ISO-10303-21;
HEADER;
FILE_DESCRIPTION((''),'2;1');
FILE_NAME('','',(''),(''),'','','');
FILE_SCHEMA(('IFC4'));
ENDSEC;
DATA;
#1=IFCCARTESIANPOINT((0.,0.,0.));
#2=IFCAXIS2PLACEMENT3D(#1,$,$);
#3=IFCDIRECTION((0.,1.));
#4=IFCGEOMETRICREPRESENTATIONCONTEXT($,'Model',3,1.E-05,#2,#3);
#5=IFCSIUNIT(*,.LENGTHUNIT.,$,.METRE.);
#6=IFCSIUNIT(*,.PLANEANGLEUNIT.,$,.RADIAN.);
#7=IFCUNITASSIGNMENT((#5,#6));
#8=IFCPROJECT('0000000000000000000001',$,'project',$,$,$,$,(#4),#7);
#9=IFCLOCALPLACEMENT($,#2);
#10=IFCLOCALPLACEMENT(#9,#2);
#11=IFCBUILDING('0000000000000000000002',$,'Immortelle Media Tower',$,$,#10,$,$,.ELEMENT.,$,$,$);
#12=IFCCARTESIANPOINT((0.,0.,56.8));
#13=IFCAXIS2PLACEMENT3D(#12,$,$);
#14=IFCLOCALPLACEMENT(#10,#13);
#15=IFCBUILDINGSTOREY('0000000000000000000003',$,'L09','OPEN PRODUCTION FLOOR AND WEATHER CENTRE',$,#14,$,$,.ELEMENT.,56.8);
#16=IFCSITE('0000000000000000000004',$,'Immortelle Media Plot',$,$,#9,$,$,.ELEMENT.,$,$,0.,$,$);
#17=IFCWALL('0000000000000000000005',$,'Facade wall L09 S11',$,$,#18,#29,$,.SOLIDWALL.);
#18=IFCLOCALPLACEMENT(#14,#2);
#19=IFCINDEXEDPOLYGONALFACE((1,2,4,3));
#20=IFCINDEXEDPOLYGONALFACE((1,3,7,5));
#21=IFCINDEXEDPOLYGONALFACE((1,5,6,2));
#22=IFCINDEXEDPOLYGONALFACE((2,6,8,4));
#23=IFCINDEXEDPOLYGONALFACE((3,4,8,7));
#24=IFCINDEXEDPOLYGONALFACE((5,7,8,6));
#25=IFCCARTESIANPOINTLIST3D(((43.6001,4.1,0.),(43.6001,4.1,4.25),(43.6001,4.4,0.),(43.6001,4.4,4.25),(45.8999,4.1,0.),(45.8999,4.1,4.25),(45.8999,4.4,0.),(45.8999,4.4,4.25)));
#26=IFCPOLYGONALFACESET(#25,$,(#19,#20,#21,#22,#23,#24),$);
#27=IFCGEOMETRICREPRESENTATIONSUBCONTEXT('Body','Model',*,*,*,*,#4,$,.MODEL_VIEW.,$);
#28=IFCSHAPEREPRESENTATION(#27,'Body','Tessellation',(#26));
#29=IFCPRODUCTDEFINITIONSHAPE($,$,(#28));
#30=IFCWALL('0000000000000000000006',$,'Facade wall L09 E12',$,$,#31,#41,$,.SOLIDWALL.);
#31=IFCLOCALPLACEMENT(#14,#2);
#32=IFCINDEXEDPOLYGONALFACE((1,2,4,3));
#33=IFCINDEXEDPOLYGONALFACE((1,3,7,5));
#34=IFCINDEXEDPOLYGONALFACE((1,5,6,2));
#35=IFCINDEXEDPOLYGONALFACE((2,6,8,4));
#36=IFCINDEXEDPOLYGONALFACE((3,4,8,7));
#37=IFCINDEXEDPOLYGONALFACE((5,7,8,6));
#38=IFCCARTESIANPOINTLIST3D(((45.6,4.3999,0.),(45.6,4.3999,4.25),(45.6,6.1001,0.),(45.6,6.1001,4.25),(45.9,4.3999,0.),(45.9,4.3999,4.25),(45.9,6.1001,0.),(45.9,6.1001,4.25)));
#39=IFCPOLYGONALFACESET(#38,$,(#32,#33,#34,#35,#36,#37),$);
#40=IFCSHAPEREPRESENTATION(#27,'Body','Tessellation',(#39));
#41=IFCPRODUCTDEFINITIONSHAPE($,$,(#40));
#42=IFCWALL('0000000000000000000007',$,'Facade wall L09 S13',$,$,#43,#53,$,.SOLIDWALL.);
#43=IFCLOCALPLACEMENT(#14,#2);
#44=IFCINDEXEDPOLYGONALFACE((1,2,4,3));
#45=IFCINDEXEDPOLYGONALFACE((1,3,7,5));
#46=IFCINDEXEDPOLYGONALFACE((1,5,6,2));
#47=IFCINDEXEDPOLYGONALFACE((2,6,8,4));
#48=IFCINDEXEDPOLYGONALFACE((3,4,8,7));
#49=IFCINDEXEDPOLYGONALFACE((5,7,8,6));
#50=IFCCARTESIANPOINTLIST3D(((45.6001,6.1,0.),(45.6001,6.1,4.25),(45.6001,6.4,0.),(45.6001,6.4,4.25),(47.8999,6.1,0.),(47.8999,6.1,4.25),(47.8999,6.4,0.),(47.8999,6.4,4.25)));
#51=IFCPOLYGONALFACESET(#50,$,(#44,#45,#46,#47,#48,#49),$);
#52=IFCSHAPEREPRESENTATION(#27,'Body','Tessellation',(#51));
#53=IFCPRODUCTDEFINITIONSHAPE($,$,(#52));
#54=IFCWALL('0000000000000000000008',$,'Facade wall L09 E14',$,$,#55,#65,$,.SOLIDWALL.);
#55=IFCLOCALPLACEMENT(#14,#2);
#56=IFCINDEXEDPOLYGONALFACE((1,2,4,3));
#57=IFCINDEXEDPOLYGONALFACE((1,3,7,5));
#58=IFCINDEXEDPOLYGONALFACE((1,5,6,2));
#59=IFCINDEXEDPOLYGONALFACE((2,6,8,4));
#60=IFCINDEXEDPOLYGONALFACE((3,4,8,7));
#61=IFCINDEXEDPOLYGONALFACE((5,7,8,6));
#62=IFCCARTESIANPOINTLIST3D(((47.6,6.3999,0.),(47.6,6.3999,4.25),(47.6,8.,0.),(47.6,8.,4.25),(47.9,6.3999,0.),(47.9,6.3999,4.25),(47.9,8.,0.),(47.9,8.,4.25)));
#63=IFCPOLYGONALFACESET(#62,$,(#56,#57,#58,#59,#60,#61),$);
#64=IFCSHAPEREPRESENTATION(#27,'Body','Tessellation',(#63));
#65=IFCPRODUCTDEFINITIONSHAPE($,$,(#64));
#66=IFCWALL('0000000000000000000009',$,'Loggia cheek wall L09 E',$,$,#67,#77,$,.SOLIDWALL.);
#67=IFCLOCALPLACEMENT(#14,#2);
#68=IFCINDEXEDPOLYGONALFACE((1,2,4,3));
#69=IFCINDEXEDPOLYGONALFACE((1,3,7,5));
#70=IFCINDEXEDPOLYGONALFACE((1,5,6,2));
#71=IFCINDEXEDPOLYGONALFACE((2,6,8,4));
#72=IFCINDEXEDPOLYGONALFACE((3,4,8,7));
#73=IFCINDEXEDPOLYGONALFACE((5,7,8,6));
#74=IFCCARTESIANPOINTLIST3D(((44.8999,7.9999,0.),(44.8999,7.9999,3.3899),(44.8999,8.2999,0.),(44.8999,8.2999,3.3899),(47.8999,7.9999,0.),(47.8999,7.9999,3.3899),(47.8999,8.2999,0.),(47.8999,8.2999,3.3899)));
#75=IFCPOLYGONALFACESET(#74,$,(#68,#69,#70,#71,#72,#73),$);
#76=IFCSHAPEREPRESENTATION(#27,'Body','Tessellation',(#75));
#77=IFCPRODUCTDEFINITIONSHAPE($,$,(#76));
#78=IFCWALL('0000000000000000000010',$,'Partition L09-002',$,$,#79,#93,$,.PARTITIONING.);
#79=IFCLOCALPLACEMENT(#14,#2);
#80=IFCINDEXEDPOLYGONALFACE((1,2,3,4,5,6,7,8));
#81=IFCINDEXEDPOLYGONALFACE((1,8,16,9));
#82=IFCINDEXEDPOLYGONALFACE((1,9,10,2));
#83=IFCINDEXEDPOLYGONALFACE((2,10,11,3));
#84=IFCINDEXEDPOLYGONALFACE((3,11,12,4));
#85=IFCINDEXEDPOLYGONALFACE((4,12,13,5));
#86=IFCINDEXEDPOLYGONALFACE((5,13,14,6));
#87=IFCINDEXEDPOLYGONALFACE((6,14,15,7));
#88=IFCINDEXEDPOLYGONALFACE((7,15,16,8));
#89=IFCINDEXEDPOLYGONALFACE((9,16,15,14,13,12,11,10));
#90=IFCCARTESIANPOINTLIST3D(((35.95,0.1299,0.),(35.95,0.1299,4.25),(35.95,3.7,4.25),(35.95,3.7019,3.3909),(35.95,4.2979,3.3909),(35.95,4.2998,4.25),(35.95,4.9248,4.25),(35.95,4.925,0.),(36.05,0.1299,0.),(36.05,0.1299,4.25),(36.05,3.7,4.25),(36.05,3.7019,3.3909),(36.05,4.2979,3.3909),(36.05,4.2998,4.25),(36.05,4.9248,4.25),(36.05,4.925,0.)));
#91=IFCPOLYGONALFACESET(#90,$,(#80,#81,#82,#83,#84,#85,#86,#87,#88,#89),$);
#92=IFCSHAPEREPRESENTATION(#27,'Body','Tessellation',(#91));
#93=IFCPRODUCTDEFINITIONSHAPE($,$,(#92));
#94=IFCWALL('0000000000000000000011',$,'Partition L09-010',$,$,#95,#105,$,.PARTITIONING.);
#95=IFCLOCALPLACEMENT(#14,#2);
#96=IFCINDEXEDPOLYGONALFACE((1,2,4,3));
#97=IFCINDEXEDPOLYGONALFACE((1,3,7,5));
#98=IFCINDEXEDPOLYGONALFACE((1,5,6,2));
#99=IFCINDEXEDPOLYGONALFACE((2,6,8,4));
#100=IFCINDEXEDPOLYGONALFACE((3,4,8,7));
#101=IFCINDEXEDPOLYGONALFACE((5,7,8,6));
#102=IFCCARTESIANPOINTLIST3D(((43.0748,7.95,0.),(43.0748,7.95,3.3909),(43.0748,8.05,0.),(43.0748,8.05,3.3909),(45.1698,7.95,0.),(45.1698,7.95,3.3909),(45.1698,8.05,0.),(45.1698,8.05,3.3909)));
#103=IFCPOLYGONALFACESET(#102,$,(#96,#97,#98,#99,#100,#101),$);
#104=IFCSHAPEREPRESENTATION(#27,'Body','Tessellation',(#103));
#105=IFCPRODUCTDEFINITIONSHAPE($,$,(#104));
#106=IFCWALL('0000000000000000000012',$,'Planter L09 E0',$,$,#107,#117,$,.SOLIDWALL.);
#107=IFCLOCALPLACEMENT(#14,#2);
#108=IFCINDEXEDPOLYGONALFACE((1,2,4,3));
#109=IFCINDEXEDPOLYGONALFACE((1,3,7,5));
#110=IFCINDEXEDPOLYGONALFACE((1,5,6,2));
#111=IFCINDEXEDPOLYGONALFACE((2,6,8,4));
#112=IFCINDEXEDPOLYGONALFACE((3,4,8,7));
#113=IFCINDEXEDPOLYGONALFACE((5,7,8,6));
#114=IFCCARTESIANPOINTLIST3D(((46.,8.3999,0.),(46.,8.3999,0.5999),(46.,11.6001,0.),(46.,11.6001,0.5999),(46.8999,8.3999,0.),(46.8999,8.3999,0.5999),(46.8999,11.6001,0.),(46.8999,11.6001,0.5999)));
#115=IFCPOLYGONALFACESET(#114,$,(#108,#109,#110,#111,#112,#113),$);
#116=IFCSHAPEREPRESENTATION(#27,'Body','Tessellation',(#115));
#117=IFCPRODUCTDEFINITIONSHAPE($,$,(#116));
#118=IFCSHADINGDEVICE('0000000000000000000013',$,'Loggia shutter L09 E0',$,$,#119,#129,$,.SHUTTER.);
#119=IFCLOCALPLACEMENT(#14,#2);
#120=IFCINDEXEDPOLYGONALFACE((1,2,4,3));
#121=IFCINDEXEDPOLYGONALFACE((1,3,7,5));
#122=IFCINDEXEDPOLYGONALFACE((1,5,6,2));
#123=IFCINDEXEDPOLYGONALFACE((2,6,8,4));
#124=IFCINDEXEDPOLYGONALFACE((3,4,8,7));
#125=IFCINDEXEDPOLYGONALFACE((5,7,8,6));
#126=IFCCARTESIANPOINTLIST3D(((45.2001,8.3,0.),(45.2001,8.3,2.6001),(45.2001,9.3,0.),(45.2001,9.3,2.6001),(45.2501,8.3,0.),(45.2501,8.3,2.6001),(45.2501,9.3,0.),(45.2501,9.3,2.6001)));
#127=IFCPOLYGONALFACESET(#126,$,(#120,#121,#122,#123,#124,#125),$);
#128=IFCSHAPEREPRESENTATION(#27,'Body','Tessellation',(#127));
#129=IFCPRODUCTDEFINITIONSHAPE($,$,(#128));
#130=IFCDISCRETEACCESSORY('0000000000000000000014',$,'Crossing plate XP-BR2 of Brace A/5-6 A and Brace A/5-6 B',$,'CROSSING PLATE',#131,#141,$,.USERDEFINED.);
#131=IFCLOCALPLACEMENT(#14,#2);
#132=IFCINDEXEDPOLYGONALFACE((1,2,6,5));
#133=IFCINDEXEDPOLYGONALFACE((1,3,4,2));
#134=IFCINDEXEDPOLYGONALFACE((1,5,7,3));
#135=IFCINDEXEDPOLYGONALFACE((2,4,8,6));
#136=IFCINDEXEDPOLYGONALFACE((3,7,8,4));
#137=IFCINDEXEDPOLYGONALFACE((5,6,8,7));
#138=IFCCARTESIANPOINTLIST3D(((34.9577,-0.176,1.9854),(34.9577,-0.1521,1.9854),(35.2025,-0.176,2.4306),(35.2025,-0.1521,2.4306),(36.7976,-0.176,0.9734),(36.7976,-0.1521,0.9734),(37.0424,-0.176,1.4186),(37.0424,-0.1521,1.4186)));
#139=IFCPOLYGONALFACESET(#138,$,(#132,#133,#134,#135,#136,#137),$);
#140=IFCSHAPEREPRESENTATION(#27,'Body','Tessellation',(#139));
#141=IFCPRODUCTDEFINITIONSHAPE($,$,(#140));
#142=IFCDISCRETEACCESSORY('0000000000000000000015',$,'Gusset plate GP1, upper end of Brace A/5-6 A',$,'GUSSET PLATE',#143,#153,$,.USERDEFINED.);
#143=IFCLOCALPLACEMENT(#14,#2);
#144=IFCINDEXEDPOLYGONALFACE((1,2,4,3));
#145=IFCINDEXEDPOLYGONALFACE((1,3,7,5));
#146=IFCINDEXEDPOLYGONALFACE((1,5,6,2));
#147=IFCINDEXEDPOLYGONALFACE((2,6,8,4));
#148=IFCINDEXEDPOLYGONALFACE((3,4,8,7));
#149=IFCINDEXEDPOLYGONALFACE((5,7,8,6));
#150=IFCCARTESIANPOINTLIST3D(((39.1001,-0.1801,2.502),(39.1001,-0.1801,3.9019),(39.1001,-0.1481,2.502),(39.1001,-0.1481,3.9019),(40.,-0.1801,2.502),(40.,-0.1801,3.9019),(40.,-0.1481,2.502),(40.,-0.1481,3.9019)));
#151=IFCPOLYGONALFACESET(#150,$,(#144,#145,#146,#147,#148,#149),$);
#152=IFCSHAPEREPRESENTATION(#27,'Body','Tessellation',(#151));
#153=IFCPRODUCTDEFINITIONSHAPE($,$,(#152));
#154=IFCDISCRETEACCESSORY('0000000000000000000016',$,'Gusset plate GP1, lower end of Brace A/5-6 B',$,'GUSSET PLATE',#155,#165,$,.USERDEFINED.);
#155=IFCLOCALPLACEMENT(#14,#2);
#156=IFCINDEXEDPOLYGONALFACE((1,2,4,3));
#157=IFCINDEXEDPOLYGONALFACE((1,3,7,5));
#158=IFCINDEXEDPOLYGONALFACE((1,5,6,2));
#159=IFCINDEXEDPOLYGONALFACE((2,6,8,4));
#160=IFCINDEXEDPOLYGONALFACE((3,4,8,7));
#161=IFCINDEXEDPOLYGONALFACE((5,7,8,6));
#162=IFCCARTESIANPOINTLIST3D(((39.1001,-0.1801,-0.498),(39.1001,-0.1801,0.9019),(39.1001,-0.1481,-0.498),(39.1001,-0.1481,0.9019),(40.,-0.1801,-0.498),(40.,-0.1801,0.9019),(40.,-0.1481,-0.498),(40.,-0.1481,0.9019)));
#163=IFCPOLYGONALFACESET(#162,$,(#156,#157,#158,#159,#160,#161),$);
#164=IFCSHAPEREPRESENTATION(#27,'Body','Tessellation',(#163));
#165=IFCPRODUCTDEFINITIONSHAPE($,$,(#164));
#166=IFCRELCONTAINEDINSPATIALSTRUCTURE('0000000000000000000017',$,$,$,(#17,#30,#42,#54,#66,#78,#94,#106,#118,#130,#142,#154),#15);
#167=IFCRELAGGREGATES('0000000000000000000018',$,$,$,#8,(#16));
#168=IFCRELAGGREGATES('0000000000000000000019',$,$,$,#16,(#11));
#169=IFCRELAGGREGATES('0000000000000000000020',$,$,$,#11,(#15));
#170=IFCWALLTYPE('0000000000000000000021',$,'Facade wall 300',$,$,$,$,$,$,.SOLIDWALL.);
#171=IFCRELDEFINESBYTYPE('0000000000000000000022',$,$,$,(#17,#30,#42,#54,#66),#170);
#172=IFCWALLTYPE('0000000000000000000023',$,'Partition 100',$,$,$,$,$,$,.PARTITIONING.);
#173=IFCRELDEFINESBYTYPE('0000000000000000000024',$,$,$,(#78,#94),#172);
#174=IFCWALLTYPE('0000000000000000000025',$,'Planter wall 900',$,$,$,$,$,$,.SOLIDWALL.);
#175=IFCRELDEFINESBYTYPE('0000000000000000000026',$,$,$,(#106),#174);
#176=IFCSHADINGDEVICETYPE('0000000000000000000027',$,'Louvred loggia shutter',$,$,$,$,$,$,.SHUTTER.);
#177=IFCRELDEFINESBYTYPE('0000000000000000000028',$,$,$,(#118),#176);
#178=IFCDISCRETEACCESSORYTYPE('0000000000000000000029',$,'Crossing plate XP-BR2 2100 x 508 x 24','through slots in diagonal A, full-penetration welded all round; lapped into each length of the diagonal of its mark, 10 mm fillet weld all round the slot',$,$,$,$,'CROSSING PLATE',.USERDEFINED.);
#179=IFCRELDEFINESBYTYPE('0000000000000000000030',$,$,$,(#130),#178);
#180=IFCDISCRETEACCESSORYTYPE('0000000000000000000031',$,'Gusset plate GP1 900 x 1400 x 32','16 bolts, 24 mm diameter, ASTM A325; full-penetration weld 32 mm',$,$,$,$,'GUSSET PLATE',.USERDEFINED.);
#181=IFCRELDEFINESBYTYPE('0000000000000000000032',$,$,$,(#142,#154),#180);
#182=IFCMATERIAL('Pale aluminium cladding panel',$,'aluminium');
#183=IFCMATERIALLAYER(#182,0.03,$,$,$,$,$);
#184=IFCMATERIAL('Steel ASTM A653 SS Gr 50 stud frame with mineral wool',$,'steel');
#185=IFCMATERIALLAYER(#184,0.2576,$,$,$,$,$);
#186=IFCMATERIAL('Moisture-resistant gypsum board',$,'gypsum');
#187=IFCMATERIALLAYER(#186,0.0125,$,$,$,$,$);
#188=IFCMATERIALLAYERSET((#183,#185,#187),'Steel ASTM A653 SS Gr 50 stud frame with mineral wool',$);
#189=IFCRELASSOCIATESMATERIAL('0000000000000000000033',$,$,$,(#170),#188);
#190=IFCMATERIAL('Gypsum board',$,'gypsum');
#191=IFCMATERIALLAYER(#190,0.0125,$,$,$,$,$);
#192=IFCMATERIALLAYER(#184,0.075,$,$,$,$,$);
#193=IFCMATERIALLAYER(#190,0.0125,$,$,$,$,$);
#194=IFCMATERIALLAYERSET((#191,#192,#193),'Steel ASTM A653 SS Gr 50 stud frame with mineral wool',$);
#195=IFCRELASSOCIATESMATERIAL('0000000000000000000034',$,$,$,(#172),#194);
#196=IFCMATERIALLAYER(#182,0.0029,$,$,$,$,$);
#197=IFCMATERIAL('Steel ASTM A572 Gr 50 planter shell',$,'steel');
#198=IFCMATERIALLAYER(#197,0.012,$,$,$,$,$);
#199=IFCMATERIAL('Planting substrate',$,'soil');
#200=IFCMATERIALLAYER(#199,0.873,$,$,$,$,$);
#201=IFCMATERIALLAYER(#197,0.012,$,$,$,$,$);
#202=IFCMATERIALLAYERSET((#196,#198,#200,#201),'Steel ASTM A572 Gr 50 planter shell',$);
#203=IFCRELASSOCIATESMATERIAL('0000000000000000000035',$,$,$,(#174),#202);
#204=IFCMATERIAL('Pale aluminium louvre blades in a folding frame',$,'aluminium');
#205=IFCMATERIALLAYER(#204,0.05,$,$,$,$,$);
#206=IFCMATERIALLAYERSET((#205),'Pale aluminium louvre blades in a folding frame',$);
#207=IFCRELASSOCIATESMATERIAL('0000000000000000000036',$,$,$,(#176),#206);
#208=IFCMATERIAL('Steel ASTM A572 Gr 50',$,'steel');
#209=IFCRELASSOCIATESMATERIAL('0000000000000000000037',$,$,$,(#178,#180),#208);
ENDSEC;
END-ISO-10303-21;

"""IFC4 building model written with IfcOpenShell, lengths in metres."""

from ifc_helpers import new_model, si_unit, direction, frame, frame_2d, origin, origin_2d, place, context, subcontext, project, spatial, polyline, rectangle, outline, extrude, material, layer, layer_set, material_profile, profile_set, type_object, element, save


model = new_model("IFC4")

# Units and contexts
model_context = context("Model", 3, precision=1e-05, world=origin(), true_north=direction((0.0, 1.0)))
body_context = subcontext(model_context, "Body", "Model", "MODEL_VIEW")
ifc_project = project(units=[si_unit("LENGTHUNIT", "METRE"), si_unit("PLANEANGLEUNIT", "RADIAN")], contexts=[model_context])

# Site, building, storey
site_placement = place(None, origin())
site = spatial("IfcSite", under=ifc_project, at=site_placement, Name="Immortelle Media Plot", CompositionType="ELEMENT", RefElevation=0.0)
building_placement = place(site_placement, origin())
building = spatial("IfcBuilding", under=site, at=building_placement, Name="Immortelle Media Tower", CompositionType="ELEMENT")
storey_placement = place(building_placement, frame((0.0, 0.0, 56.8)))
storey = spatial("IfcBuildingStorey", under=building, at=storey_placement, Name="L09", Description="OPEN PRODUCTION FLOOR AND WEATHER CENTRE", CompositionType="ELEMENT", Elevation=56.8)

# Shared definitions
ifc_material_1 = material(Name="Steel ASTM A653 SS Gr 50 stud frame with mineral wool", Category="steel")

# Walls
ifc_material_2 = material(Name="Pale aluminium cladding panel", Category="aluminium")
ifc_layer_1 = layer(ifc_material_2, 0.03)
ifc_layer_2 = layer(ifc_material_1, 0.2576)
ifc_material_3 = material(Name="Moisture-resistant gypsum board", Category="gypsum")
ifc_layer_3 = layer(ifc_material_3, 0.0125)
ifc_layer_set_1 = layer_set([ifc_layer_1, ifc_layer_2, ifc_layer_3], Name="Steel ASTM A653 SS Gr 50 stud frame with mineral wool")
wall_type_1 = type_object("IfcWallType", Name="Facade wall 300", PredefinedType="SOLIDWALL", material=ifc_layer_set_1)
wall_1_placement = place(storey_placement, frame((43.6001, 4.25, 0.0), z_axis=(0.0, 0.0, 1.0), x_axis=(1.0, 0.0, 0.0)))
element("IfcWall", 1, at=wall_1_placement, inside=storey, type_object=wall_type_1, Name="Facade wall L09 S11", PredefinedType="SOLIDWALL", context=body_context, shape_type="SweptSolid", body=[
    extrude(rectangle(XDim=2.2998, YDim=0.3, at=frame_2d((1.1499, 0.0))), origin(), (0.0, 0.0, 1.0), 4.25),
])
wall_2_placement = place(storey_placement, frame((45.75, 4.3999, 0.0), z_axis=(0.0, 0.0, 1.0), x_axis=(0.0, 1.0, 0.0)))
element("IfcWall", 2, at=wall_2_placement, inside=storey, type_object=wall_type_1, Name="Facade wall L09 E12", PredefinedType="SOLIDWALL", context=body_context, shape_type="SweptSolid", body=[
    extrude(rectangle(XDim=1.7002, YDim=0.3, at=frame_2d((0.8501, 0.0))), origin(), (0.0, 0.0, 1.0), 4.25),
])
wall_3_placement = place(storey_placement, frame((45.6001, 6.25, 0.0), z_axis=(0.0, 0.0, 1.0), x_axis=(1.0, 0.0, 0.0)))
element("IfcWall", 3, at=wall_3_placement, inside=storey, type_object=wall_type_1, Name="Facade wall L09 S13", PredefinedType="SOLIDWALL", context=body_context, shape_type="SweptSolid", body=[
    extrude(rectangle(XDim=2.2998, YDim=0.3, at=frame_2d((1.1499, 0.0))), origin(), (0.0, 0.0, 1.0), 4.25),
])
wall_4_placement = place(storey_placement, frame((47.75, 6.3999, 0.0), z_axis=(0.0, 0.0, 1.0), x_axis=(0.0, 1.0, 0.0)))
element("IfcWall", 4, at=wall_4_placement, inside=storey, type_object=wall_type_1, Name="Facade wall L09 E14", PredefinedType="SOLIDWALL", context=body_context, shape_type="SweptSolid", body=[
    extrude(rectangle(XDim=1.6001, YDim=0.3, at=frame_2d((0.8, 0.0))), origin(), (0.0, 0.0, 1.0), 4.25),
])

# Walls
wall_5_placement = place(storey_placement, frame((47.8999, 8.1499, 0.0), z_axis=(0.0, 0.0, 1.0), x_axis=(-1.0, 0.0, 0.0)))
element("IfcWall", 5, at=wall_5_placement, inside=storey, type_object=wall_type_1, Name="Loggia cheek wall L09 E", PredefinedType="SOLIDWALL", context=body_context, shape_type="SweptSolid", body=[
    extrude(rectangle(XDim=3.0, YDim=0.3, at=frame_2d((1.5, 0.0))), origin(), (0.0, 0.0, 1.0), 3.3899),
])
ifc_material_4 = material(Name="Gypsum board", Category="gypsum")
ifc_layer_4 = layer(ifc_material_4, 0.0125)
ifc_layer_5 = layer(ifc_material_1, 0.075)
ifc_layer_6 = layer(ifc_material_4, 0.0125)
ifc_layer_set_2 = layer_set([ifc_layer_4, ifc_layer_5, ifc_layer_6], Name="Steel ASTM A653 SS Gr 50 stud frame with mineral wool")
wall_type_2 = type_object("IfcWallType", Name="Partition 100", PredefinedType="PARTITIONING", material=ifc_layer_set_2)
wall_6_placement = place(storey_placement, frame((36.0, 0.1299, 0.0), z_axis=(0.0, 0.0, 1.0), x_axis=(0.0, 1.0, 0.0)))
element("IfcWall", 6, at=wall_6_placement, inside=storey, type_object=wall_type_2, Name="Partition L09-002", PredefinedType="PARTITIONING", context=body_context, shape_type="SweptSolid", body=[
    extrude(outline(polyline([(0.0, 0.0), (4.7952, 0.0), (4.7949, 4.25), (4.1699, 4.25), (4.168, 3.3909), (3.572, 3.3909), (3.5701, 4.25), (0.0, 4.25), (0.0, 0.0)])), frame((0.0, 0.05, 0.0), z_axis=(0.0, -1.0, 0.0), x_axis=(1.0, 0.0, 0.0)), (0.0, 0.0, 1.0), 0.1001),
])
wall_7_placement = place(storey_placement, frame((43.075, 8.0, 0.0), z_axis=(0.0, 0.0, 1.0), x_axis=(1.0, 0.0, 0.0)))
element("IfcWall", 7, at=wall_7_placement, inside=storey, type_object=wall_type_2, Name="Partition L09-010", PredefinedType="PARTITIONING", context=body_context, shape_type="SweptSolid", body=[
    extrude(rectangle(XDim=2.095, YDim=0.1001, at=frame_2d((1.0474, 0.0))), origin(), (0.0, 0.0, 1.0), 3.3909),
])
ifc_layer_7 = layer(ifc_material_2, 0.0029)
ifc_material_5 = material(Name="Steel ASTM A572 Gr 50 planter shell", Category="steel")
ifc_layer_8 = layer(ifc_material_5, 0.012)
ifc_material_6 = material(Name="Planting substrate", Category="soil")
ifc_layer_9 = layer(ifc_material_6, 0.873)
ifc_layer_10 = layer(ifc_material_5, 0.012)
ifc_layer_set_3 = layer_set([ifc_layer_7, ifc_layer_8, ifc_layer_9, ifc_layer_10], Name="Steel ASTM A572 Gr 50 planter shell")
wall_type_3 = type_object("IfcWallType", Name="Planter wall 900", PredefinedType="SOLIDWALL", material=ifc_layer_set_3)
wall_8_placement = place(storey_placement, frame((46.45, 8.3999, 0.0), z_axis=(0.0, 0.0, 1.0), x_axis=(0.0, 1.0, 0.0)))
element("IfcWall", 8, at=wall_8_placement, inside=storey, type_object=wall_type_3, Name="Planter L09 E0", PredefinedType="SOLIDWALL", context=body_context, shape_type="SweptSolid", body=[
    extrude(rectangle(XDim=3.2002, YDim=0.8999, at=frame_2d((1.6001, 0.0))), origin(), (0.0, 0.0, 1.0), 0.5999),
])

# Shading device
ifc_material_7 = material(Name="Pale aluminium louvre blades in a folding frame", Category="aluminium")
ifc_layer_11 = layer(ifc_material_7, 0.05)
ifc_layer_set_4 = layer_set([ifc_layer_11], Name="Pale aluminium louvre blades in a folding frame")
shading_device_type = type_object("IfcShadingDeviceType", Name="Louvred loggia shutter", PredefinedType="SHUTTER", material=ifc_layer_set_4)
shading_device_placement = place(storey_placement, frame((45.2251, 8.8, 0.0), z_axis=(0.0, 0.0, 1.0), x_axis=(0.0, 1.0, 0.0)))
element("IfcShadingDevice", 9, at=shading_device_placement, inside=storey, type_object=shading_device_type, Name="Loggia shutter L09 E0", PredefinedType="SHUTTER", context=body_context, shape_type="SweptSolid", body=[
    extrude(rectangle(XDim=1.0, YDim=0.05, at=origin_2d()), origin(), (0.0, 0.0, 1.0), 2.6001),
])

# Discrete accessories
ifc_material_8 = material(Name="Steel ASTM A572 Gr 50", Category="steel")
ifc_material_profile_1 = material_profile(ifc_material_8, rectangle(XDim=0.0239, YDim=0.5081, at=origin_2d()), Name="PL 24 x 508")
ifc_profile_set_1 = profile_set([ifc_material_profile_1], Name="Steel ASTM A572 Gr 50")
discrete_accessory_type_1 = type_object("IfcDiscreteAccessoryType", Name="Crossing plate XP-BR2 2100 x 508 x 24", Description="through slots in diagonal A, full-penetration welded all round; lapped into each length of the diagonal of its mark, 10 mm fillet weld all round the slot", ElementType="CROSSING PLATE", PredefinedType="USERDEFINED", material=ifc_profile_set_1)
discrete_accessory_placement = place(storey_placement, frame((35.0801, -0.1641, 2.208), z_axis=(0.876206, 0.0, -0.481937), x_axis=(0.0, 1.0, 0.0)))
element("IfcDiscreteAccessory", 10, at=discrete_accessory_placement, inside=storey, type_object=discrete_accessory_type_1, Name="Crossing plate XP-BR2 of Brace A/5-6 A and Brace A/5-6 B", ObjectType="CROSSING PLATE", PredefinedType="USERDEFINED", context=body_context, shape_type="SweptSolid", body=[
    extrude(rectangle(XDim=0.0239, YDim=0.5081, at=origin_2d()), origin(), (0.0, 0.0, 1.0), 2.0999),
])
ifc_material_profile_2 = material_profile(ifc_material_8, rectangle(XDim=0.032, YDim=1.3999, at=origin_2d()), Name="PL 32 x 1400")
ifc_profile_set_2 = profile_set([ifc_material_profile_2], Name="Steel ASTM A572 Gr 50")
discrete_accessory_type_2 = type_object("IfcDiscreteAccessoryType", Name="Gusset plate GP1 900 x 1400 x 32", Description="16 bolts, 24 mm diameter, ASTM A325; full-penetration weld 32 mm", ElementType="GUSSET PLATE", PredefinedType="USERDEFINED", material=ifc_profile_set_2)
for number, where, z_axis, x_axis, name in (
    (11, (40.0, -0.1641, 3.2019), (-1.0, 0.0, 0.0), (0.0, -1.0, 0.0), "Gusset plate GP1, upper end of Brace A/5-6 A"),
    (12, (40.0, -0.1641, 0.2019), (-1.0, 0.0, 0.0), (0.0, -1.0, 0.0), "Gusset plate GP1, lower end of Brace A/5-6 B"),
):
    element("IfcDiscreteAccessory", number, at=place(storey_placement, frame(where, z_axis=z_axis, x_axis=x_axis)), inside=storey, type_object=discrete_accessory_type_2, Name=name, ObjectType="GUSSET PLATE", PredefinedType="USERDEFINED", context=body_context, shape_type="SweptSolid", body=[
        extrude(rectangle(XDim=0.032, YDim=1.3999, at=origin_2d()), origin(), (0.0, 0.0, 1.0), 0.8999),
    ])

save(model, "model.ifc")
